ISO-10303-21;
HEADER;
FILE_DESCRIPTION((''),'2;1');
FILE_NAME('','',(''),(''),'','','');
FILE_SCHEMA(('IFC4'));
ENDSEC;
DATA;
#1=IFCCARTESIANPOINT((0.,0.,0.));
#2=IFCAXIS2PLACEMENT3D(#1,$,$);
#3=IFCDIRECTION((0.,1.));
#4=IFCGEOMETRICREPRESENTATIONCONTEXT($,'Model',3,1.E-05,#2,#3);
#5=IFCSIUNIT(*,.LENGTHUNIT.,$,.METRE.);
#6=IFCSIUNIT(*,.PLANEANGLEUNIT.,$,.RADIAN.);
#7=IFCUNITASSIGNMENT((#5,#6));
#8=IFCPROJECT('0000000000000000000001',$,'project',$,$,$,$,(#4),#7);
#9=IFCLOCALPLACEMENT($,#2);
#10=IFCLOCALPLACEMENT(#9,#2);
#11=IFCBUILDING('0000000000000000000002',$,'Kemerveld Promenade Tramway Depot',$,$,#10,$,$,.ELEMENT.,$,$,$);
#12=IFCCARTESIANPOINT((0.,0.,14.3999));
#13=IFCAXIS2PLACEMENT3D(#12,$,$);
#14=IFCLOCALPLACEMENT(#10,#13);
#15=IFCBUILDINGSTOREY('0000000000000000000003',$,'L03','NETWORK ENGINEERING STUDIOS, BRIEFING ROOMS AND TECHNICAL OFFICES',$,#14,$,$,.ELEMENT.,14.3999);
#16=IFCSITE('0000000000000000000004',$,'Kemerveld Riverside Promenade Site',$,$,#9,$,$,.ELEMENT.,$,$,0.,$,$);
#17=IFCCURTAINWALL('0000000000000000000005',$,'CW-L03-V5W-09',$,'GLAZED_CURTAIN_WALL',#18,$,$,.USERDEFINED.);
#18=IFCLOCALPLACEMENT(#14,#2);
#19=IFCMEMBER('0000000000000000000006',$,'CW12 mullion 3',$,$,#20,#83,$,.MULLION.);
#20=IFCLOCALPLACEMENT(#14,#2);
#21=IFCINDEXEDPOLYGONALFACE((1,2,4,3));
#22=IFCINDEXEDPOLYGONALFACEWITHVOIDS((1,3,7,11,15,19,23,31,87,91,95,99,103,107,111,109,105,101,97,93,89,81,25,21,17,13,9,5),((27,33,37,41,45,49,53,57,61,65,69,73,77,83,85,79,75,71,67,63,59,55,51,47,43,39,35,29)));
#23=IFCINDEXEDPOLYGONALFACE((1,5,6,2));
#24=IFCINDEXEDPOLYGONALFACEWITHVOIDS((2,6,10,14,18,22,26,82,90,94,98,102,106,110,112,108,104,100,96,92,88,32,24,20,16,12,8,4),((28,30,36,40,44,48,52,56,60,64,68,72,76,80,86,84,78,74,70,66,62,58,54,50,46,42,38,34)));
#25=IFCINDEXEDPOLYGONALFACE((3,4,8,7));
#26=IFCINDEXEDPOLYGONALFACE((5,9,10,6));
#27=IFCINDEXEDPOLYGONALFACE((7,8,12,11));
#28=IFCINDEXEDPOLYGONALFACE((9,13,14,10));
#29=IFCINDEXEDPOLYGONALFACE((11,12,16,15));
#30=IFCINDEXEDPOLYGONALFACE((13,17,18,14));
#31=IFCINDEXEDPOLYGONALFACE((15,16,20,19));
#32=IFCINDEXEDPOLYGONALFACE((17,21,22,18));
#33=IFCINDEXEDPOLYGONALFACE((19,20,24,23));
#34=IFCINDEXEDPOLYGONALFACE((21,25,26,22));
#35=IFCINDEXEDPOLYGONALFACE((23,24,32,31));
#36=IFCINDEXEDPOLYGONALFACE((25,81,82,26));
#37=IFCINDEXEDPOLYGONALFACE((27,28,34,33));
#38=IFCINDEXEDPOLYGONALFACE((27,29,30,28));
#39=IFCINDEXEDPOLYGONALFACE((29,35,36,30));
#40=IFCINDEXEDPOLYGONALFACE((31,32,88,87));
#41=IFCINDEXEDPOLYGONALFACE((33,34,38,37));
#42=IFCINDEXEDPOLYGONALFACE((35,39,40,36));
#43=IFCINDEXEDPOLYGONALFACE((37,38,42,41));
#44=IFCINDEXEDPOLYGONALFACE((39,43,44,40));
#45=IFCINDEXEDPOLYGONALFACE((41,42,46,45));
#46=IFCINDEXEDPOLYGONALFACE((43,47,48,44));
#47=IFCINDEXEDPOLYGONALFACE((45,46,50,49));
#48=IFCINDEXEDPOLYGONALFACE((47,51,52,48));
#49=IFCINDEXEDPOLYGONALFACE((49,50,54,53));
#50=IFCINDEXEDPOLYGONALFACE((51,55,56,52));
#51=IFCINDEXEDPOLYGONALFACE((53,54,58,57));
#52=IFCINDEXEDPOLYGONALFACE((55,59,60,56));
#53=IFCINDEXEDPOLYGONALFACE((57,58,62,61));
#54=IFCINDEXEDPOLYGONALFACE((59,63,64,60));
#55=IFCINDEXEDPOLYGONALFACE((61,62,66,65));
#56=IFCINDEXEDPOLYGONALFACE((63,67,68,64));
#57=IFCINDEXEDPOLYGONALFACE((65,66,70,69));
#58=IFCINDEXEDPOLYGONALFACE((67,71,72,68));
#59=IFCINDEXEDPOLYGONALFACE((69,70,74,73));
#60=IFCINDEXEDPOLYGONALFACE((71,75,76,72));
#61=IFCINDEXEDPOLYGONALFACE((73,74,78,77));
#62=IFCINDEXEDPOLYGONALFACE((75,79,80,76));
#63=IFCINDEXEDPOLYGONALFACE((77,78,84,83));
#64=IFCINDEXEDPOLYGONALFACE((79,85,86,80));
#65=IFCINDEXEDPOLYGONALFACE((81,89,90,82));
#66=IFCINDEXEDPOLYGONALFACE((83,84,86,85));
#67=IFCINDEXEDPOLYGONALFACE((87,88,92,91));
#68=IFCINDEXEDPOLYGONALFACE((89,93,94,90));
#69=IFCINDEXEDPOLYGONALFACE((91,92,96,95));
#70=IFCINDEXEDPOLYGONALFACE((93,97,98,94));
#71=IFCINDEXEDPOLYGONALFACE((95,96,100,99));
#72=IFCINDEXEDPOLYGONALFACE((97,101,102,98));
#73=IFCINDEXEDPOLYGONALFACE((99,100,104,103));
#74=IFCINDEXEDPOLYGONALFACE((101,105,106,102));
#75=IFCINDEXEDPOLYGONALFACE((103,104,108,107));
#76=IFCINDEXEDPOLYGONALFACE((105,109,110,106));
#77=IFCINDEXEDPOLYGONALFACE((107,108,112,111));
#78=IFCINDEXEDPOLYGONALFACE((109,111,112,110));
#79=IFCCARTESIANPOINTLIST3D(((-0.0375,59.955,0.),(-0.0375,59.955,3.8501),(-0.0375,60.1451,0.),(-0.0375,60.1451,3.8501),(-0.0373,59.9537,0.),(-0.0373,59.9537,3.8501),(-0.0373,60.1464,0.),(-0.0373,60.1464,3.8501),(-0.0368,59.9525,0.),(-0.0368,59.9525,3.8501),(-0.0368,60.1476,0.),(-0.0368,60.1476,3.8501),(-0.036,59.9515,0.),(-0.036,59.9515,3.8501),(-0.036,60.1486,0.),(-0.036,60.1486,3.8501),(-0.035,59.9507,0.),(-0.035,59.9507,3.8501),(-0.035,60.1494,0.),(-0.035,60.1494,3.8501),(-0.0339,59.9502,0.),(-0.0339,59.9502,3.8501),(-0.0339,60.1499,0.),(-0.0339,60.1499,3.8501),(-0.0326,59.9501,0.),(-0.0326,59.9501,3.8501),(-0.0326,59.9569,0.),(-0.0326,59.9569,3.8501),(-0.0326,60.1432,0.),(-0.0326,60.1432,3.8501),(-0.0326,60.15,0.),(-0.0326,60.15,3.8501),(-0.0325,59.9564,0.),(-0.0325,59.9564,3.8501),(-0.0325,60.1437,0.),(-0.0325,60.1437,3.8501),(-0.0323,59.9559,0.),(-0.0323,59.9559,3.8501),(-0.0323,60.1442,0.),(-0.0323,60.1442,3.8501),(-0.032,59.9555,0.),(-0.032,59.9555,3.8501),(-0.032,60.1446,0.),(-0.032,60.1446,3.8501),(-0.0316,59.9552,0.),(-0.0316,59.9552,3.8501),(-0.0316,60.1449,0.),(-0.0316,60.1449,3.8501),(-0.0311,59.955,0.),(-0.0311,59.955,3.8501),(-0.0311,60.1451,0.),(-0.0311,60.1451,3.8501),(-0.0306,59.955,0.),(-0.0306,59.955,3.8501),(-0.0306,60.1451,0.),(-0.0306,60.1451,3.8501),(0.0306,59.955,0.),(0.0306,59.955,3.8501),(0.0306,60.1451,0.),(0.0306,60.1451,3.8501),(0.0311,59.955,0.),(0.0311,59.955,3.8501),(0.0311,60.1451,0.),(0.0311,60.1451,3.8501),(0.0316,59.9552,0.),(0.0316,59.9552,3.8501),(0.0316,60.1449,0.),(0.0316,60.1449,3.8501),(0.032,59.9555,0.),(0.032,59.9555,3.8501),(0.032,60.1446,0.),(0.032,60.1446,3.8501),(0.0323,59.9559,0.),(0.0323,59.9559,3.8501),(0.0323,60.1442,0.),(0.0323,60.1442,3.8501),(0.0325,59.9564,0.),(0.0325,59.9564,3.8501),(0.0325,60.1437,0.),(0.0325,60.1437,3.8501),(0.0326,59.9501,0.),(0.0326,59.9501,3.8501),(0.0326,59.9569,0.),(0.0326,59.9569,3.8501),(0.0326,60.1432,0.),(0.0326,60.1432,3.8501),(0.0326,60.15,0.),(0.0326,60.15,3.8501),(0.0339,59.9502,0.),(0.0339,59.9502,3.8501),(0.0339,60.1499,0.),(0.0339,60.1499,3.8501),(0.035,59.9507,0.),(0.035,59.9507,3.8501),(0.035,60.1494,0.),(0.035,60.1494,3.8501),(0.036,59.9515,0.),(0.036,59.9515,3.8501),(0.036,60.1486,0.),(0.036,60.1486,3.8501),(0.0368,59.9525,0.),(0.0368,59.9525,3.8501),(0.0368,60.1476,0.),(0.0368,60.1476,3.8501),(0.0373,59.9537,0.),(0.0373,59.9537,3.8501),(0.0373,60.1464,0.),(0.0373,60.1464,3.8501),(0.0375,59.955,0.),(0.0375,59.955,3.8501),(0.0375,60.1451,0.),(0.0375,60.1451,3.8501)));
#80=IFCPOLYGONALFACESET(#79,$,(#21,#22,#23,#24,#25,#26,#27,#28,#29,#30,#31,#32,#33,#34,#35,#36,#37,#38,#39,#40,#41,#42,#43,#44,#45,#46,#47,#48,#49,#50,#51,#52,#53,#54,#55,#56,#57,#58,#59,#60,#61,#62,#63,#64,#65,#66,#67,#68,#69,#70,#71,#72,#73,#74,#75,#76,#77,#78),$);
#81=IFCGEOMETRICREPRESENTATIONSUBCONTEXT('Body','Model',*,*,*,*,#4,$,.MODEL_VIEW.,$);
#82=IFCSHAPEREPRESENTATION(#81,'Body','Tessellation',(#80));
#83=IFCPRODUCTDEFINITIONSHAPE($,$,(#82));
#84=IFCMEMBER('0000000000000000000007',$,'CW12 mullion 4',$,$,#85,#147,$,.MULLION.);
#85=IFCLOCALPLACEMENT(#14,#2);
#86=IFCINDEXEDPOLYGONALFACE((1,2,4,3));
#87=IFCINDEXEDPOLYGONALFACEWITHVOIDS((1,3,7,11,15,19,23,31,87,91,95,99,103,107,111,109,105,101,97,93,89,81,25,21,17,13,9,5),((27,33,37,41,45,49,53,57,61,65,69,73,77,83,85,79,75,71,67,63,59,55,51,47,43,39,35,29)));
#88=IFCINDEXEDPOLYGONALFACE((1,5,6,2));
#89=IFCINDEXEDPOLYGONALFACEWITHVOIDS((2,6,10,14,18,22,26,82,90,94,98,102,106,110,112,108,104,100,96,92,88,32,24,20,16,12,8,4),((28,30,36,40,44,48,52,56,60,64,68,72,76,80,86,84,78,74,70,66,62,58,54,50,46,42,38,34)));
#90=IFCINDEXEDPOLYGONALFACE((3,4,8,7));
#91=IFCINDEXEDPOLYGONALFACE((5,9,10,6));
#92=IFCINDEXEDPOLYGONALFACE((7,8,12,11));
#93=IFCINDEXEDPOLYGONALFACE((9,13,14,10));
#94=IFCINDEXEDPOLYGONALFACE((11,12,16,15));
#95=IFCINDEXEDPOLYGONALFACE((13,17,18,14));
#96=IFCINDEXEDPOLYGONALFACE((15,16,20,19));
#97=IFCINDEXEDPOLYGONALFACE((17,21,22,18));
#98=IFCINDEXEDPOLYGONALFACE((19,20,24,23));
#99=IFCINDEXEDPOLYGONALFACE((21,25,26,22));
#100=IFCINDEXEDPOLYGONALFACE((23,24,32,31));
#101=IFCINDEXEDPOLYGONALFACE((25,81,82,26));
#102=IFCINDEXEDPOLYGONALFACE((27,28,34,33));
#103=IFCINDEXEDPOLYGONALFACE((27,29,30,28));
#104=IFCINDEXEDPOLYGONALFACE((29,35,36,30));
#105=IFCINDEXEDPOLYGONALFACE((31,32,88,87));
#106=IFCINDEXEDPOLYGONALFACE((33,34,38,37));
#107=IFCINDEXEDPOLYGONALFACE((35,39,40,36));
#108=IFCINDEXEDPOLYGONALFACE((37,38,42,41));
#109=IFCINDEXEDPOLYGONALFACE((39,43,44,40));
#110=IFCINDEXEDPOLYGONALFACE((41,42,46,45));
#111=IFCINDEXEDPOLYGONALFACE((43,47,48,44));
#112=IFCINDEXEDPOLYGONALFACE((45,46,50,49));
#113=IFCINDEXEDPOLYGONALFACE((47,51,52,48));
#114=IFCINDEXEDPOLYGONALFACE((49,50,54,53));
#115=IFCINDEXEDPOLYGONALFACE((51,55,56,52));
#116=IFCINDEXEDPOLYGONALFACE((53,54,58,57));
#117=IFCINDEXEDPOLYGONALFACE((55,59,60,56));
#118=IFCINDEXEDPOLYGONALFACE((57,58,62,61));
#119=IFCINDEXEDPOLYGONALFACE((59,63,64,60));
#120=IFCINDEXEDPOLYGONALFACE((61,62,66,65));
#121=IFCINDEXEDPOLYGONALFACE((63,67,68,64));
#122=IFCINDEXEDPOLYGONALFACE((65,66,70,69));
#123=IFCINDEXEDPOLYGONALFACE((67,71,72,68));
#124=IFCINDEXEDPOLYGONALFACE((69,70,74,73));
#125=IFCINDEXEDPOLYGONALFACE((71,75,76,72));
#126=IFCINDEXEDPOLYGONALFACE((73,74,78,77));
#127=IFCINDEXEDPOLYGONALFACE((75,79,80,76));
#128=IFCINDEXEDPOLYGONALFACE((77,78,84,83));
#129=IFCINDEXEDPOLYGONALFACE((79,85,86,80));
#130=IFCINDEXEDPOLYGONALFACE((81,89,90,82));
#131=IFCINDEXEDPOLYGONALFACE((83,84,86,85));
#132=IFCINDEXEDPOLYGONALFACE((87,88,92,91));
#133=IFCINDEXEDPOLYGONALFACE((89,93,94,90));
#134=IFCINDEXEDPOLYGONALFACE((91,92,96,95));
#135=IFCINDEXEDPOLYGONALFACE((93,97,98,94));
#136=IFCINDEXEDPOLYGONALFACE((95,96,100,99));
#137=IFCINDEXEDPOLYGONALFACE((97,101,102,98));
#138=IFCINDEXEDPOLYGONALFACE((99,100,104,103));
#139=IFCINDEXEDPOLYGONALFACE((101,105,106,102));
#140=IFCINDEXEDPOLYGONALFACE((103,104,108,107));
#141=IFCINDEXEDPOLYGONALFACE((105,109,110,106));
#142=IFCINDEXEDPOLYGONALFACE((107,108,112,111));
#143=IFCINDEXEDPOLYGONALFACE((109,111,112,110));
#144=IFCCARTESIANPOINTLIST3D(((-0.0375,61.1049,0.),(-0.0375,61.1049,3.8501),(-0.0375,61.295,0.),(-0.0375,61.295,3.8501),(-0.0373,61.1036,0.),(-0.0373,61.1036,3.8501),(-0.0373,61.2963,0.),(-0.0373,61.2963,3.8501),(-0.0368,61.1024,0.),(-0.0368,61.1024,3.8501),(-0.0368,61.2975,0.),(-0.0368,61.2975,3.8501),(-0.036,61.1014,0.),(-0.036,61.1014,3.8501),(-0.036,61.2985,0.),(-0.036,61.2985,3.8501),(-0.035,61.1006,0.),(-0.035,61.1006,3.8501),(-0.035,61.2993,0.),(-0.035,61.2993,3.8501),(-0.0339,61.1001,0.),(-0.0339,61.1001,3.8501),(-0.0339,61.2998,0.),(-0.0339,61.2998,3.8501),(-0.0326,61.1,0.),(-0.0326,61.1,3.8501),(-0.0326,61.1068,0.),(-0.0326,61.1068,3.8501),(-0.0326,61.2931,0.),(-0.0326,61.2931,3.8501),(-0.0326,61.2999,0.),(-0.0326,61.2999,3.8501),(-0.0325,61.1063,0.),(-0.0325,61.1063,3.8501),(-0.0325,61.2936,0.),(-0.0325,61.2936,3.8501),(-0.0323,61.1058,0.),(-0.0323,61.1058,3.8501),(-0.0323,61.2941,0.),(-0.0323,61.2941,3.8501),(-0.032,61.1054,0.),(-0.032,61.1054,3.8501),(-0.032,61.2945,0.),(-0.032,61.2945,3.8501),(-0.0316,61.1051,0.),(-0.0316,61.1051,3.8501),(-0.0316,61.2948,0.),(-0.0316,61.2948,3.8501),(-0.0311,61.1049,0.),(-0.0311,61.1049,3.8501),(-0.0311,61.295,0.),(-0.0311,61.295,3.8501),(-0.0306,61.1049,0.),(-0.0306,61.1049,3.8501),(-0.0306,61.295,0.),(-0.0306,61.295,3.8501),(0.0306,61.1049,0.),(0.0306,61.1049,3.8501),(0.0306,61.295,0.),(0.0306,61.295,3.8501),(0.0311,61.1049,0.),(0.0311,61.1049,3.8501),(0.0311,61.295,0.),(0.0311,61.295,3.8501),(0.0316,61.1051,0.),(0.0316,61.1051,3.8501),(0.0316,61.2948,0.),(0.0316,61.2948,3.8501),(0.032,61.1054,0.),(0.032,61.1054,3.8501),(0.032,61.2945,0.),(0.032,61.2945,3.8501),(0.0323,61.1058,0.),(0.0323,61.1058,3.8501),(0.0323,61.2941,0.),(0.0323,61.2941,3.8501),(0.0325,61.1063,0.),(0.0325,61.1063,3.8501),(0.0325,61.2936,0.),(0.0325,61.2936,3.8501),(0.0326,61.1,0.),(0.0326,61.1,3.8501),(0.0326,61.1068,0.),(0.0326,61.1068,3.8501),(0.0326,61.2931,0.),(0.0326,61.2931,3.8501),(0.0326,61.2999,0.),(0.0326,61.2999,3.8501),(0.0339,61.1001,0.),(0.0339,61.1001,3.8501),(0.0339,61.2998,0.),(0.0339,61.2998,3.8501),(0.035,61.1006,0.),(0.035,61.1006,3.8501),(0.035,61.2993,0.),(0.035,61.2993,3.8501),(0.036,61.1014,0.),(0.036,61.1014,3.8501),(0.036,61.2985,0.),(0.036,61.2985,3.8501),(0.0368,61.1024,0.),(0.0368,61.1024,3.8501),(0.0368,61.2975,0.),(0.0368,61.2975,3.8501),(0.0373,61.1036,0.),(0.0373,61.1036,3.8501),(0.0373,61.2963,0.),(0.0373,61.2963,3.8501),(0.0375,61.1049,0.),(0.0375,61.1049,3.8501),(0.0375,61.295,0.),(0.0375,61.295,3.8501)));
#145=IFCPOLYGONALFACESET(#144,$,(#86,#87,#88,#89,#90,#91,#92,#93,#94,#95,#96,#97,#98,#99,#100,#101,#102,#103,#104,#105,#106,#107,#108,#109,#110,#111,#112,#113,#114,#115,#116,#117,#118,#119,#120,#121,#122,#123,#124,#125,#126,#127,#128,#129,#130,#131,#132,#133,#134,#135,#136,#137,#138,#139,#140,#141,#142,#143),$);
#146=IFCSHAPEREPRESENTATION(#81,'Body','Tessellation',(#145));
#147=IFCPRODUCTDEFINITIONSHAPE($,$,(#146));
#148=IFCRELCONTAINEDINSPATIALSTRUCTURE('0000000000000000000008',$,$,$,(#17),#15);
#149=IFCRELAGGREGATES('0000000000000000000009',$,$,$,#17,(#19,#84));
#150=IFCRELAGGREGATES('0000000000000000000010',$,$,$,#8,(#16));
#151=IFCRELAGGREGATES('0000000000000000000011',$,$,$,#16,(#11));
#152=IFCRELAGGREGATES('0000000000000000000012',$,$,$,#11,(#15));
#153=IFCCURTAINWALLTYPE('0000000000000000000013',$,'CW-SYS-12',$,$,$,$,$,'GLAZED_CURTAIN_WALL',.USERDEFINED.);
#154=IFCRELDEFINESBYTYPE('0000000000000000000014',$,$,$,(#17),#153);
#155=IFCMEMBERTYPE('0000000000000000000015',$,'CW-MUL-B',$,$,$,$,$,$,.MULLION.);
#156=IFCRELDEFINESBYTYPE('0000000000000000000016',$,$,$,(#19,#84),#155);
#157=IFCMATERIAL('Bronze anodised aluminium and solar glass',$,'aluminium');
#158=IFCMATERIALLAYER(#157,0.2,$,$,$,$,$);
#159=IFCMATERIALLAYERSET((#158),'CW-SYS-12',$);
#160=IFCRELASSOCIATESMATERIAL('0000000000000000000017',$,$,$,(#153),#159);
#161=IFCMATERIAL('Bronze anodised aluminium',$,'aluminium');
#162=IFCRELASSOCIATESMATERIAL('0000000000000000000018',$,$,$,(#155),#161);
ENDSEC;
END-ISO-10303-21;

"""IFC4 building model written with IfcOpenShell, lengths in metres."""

from ifc_helpers import new_model, si_unit, direction, frame, origin, origin_2d, place, context, subcontext, project, spatial, hollow_rectangle, extrude, material, layer, layer_set, material_profile, profile_set, type_object, element, aggregate, save


model = new_model("IFC4")

# Units and contexts
model_context = context("Model", 3, precision=1e-05, world=origin(), true_north=direction((0.0, 1.0)))
body_context = subcontext(model_context, "Body", "Model", "MODEL_VIEW")
ifc_project = project(units=[si_unit("LENGTHUNIT", "METRE"), si_unit("PLANEANGLEUNIT", "RADIAN")], contexts=[model_context])

# Site, building, storey
site_placement = place(None, origin())
site = spatial("IfcSite", under=ifc_project, at=site_placement, Name="Kemerveld Riverside Promenade Site", CompositionType="ELEMENT", RefElevation=0.0)
building_placement = place(site_placement, origin())
building = spatial("IfcBuilding", under=site, at=building_placement, Name="Kemerveld Promenade Tramway Depot", CompositionType="ELEMENT")
storey_placement = place(building_placement, frame((0.0, 0.0, 14.3999)))
storey = spatial("IfcBuildingStorey", under=building, at=storey_placement, Name="L03", Description="NETWORK ENGINEERING STUDIOS, BRIEFING ROOMS AND TECHNICAL OFFICES", CompositionType="ELEMENT", Elevation=14.3999)

# Curtain wall, members
ifc_material_1 = material(Name="Bronze anodised aluminium and solar glass", Category="aluminium")
ifc_layer_1 = layer(ifc_material_1, 0.2)
ifc_layer_set_1 = layer_set([ifc_layer_1], Name="CW-SYS-12")
curtain_wall_type = type_object("IfcCurtainWallType", Name="CW-SYS-12", ElementType="GLAZED_CURTAIN_WALL", PredefinedType="USERDEFINED", material=ifc_layer_set_1)
curtain_wall_placement = place(storey_placement, origin())
curtain_wall = element("IfcCurtainWall", 1, at=curtain_wall_placement, inside=storey, type_object=curtain_wall_type, Name="CW-L03-V5W-09", ObjectType="GLAZED_CURTAIN_WALL", PredefinedType="USERDEFINED")
ifc_material_2 = material(Name="Bronze anodised aluminium", Category="aluminium")
ifc_material_profile_1 = material_profile(ifc_material_2, hollow_rectangle(XDim=0.075, YDim=0.2, WallThickness=0.0049, InnerFilletRadius=0.002, OuterFilletRadius=0.0049, at=origin_2d()), Name="CW-MUL-200x75")
ifc_profile_set_1 = profile_set([ifc_material_profile_1], Name="Bronze anodised aluminium")
member_type_1 = type_object("IfcMemberType", Name="CW-MUL-B", PredefinedType="MULLION", material=ifc_profile_set_1)
member_1_placement = place(storey_placement, frame((0.0, 60.05, 0.0), z_axis=(0.0, 0.0, 1.0), x_axis=(-1.0, 0.0, 0.0)))
member_1 = element("IfcMember", 2, at=member_1_placement, type_object=member_type_1, Name="CW12 mullion 3", PredefinedType="MULLION", context=body_context, shape_type="SweptSolid", body=[
    extrude(hollow_rectangle(XDim=0.075, YDim=0.2, WallThickness=0.0049, InnerFilletRadius=0.002, OuterFilletRadius=0.0049, at=origin_2d()), origin(), (0.0, 0.0, 1.0), 3.8501),
])
member_2_placement = place(storey_placement, frame((0.0, 61.2, 0.0), z_axis=(0.0, 0.0, 1.0), x_axis=(-1.0, 0.0, 0.0)))
member_2 = element("IfcMember", 3, at=member_2_placement, type_object=member_type_1, Name="CW12 mullion 4", PredefinedType="MULLION", context=body_context, shape_type="SweptSolid", body=[
    extrude(hollow_rectangle(XDim=0.075, YDim=0.2, WallThickness=0.0049, InnerFilletRadius=0.002, OuterFilletRadius=0.0049, at=origin_2d()), origin(), (0.0, 0.0, 1.0), 3.8501),
])
aggregate(curtain_wall, [member_1, member_2])

save(model, "model.ifc")
